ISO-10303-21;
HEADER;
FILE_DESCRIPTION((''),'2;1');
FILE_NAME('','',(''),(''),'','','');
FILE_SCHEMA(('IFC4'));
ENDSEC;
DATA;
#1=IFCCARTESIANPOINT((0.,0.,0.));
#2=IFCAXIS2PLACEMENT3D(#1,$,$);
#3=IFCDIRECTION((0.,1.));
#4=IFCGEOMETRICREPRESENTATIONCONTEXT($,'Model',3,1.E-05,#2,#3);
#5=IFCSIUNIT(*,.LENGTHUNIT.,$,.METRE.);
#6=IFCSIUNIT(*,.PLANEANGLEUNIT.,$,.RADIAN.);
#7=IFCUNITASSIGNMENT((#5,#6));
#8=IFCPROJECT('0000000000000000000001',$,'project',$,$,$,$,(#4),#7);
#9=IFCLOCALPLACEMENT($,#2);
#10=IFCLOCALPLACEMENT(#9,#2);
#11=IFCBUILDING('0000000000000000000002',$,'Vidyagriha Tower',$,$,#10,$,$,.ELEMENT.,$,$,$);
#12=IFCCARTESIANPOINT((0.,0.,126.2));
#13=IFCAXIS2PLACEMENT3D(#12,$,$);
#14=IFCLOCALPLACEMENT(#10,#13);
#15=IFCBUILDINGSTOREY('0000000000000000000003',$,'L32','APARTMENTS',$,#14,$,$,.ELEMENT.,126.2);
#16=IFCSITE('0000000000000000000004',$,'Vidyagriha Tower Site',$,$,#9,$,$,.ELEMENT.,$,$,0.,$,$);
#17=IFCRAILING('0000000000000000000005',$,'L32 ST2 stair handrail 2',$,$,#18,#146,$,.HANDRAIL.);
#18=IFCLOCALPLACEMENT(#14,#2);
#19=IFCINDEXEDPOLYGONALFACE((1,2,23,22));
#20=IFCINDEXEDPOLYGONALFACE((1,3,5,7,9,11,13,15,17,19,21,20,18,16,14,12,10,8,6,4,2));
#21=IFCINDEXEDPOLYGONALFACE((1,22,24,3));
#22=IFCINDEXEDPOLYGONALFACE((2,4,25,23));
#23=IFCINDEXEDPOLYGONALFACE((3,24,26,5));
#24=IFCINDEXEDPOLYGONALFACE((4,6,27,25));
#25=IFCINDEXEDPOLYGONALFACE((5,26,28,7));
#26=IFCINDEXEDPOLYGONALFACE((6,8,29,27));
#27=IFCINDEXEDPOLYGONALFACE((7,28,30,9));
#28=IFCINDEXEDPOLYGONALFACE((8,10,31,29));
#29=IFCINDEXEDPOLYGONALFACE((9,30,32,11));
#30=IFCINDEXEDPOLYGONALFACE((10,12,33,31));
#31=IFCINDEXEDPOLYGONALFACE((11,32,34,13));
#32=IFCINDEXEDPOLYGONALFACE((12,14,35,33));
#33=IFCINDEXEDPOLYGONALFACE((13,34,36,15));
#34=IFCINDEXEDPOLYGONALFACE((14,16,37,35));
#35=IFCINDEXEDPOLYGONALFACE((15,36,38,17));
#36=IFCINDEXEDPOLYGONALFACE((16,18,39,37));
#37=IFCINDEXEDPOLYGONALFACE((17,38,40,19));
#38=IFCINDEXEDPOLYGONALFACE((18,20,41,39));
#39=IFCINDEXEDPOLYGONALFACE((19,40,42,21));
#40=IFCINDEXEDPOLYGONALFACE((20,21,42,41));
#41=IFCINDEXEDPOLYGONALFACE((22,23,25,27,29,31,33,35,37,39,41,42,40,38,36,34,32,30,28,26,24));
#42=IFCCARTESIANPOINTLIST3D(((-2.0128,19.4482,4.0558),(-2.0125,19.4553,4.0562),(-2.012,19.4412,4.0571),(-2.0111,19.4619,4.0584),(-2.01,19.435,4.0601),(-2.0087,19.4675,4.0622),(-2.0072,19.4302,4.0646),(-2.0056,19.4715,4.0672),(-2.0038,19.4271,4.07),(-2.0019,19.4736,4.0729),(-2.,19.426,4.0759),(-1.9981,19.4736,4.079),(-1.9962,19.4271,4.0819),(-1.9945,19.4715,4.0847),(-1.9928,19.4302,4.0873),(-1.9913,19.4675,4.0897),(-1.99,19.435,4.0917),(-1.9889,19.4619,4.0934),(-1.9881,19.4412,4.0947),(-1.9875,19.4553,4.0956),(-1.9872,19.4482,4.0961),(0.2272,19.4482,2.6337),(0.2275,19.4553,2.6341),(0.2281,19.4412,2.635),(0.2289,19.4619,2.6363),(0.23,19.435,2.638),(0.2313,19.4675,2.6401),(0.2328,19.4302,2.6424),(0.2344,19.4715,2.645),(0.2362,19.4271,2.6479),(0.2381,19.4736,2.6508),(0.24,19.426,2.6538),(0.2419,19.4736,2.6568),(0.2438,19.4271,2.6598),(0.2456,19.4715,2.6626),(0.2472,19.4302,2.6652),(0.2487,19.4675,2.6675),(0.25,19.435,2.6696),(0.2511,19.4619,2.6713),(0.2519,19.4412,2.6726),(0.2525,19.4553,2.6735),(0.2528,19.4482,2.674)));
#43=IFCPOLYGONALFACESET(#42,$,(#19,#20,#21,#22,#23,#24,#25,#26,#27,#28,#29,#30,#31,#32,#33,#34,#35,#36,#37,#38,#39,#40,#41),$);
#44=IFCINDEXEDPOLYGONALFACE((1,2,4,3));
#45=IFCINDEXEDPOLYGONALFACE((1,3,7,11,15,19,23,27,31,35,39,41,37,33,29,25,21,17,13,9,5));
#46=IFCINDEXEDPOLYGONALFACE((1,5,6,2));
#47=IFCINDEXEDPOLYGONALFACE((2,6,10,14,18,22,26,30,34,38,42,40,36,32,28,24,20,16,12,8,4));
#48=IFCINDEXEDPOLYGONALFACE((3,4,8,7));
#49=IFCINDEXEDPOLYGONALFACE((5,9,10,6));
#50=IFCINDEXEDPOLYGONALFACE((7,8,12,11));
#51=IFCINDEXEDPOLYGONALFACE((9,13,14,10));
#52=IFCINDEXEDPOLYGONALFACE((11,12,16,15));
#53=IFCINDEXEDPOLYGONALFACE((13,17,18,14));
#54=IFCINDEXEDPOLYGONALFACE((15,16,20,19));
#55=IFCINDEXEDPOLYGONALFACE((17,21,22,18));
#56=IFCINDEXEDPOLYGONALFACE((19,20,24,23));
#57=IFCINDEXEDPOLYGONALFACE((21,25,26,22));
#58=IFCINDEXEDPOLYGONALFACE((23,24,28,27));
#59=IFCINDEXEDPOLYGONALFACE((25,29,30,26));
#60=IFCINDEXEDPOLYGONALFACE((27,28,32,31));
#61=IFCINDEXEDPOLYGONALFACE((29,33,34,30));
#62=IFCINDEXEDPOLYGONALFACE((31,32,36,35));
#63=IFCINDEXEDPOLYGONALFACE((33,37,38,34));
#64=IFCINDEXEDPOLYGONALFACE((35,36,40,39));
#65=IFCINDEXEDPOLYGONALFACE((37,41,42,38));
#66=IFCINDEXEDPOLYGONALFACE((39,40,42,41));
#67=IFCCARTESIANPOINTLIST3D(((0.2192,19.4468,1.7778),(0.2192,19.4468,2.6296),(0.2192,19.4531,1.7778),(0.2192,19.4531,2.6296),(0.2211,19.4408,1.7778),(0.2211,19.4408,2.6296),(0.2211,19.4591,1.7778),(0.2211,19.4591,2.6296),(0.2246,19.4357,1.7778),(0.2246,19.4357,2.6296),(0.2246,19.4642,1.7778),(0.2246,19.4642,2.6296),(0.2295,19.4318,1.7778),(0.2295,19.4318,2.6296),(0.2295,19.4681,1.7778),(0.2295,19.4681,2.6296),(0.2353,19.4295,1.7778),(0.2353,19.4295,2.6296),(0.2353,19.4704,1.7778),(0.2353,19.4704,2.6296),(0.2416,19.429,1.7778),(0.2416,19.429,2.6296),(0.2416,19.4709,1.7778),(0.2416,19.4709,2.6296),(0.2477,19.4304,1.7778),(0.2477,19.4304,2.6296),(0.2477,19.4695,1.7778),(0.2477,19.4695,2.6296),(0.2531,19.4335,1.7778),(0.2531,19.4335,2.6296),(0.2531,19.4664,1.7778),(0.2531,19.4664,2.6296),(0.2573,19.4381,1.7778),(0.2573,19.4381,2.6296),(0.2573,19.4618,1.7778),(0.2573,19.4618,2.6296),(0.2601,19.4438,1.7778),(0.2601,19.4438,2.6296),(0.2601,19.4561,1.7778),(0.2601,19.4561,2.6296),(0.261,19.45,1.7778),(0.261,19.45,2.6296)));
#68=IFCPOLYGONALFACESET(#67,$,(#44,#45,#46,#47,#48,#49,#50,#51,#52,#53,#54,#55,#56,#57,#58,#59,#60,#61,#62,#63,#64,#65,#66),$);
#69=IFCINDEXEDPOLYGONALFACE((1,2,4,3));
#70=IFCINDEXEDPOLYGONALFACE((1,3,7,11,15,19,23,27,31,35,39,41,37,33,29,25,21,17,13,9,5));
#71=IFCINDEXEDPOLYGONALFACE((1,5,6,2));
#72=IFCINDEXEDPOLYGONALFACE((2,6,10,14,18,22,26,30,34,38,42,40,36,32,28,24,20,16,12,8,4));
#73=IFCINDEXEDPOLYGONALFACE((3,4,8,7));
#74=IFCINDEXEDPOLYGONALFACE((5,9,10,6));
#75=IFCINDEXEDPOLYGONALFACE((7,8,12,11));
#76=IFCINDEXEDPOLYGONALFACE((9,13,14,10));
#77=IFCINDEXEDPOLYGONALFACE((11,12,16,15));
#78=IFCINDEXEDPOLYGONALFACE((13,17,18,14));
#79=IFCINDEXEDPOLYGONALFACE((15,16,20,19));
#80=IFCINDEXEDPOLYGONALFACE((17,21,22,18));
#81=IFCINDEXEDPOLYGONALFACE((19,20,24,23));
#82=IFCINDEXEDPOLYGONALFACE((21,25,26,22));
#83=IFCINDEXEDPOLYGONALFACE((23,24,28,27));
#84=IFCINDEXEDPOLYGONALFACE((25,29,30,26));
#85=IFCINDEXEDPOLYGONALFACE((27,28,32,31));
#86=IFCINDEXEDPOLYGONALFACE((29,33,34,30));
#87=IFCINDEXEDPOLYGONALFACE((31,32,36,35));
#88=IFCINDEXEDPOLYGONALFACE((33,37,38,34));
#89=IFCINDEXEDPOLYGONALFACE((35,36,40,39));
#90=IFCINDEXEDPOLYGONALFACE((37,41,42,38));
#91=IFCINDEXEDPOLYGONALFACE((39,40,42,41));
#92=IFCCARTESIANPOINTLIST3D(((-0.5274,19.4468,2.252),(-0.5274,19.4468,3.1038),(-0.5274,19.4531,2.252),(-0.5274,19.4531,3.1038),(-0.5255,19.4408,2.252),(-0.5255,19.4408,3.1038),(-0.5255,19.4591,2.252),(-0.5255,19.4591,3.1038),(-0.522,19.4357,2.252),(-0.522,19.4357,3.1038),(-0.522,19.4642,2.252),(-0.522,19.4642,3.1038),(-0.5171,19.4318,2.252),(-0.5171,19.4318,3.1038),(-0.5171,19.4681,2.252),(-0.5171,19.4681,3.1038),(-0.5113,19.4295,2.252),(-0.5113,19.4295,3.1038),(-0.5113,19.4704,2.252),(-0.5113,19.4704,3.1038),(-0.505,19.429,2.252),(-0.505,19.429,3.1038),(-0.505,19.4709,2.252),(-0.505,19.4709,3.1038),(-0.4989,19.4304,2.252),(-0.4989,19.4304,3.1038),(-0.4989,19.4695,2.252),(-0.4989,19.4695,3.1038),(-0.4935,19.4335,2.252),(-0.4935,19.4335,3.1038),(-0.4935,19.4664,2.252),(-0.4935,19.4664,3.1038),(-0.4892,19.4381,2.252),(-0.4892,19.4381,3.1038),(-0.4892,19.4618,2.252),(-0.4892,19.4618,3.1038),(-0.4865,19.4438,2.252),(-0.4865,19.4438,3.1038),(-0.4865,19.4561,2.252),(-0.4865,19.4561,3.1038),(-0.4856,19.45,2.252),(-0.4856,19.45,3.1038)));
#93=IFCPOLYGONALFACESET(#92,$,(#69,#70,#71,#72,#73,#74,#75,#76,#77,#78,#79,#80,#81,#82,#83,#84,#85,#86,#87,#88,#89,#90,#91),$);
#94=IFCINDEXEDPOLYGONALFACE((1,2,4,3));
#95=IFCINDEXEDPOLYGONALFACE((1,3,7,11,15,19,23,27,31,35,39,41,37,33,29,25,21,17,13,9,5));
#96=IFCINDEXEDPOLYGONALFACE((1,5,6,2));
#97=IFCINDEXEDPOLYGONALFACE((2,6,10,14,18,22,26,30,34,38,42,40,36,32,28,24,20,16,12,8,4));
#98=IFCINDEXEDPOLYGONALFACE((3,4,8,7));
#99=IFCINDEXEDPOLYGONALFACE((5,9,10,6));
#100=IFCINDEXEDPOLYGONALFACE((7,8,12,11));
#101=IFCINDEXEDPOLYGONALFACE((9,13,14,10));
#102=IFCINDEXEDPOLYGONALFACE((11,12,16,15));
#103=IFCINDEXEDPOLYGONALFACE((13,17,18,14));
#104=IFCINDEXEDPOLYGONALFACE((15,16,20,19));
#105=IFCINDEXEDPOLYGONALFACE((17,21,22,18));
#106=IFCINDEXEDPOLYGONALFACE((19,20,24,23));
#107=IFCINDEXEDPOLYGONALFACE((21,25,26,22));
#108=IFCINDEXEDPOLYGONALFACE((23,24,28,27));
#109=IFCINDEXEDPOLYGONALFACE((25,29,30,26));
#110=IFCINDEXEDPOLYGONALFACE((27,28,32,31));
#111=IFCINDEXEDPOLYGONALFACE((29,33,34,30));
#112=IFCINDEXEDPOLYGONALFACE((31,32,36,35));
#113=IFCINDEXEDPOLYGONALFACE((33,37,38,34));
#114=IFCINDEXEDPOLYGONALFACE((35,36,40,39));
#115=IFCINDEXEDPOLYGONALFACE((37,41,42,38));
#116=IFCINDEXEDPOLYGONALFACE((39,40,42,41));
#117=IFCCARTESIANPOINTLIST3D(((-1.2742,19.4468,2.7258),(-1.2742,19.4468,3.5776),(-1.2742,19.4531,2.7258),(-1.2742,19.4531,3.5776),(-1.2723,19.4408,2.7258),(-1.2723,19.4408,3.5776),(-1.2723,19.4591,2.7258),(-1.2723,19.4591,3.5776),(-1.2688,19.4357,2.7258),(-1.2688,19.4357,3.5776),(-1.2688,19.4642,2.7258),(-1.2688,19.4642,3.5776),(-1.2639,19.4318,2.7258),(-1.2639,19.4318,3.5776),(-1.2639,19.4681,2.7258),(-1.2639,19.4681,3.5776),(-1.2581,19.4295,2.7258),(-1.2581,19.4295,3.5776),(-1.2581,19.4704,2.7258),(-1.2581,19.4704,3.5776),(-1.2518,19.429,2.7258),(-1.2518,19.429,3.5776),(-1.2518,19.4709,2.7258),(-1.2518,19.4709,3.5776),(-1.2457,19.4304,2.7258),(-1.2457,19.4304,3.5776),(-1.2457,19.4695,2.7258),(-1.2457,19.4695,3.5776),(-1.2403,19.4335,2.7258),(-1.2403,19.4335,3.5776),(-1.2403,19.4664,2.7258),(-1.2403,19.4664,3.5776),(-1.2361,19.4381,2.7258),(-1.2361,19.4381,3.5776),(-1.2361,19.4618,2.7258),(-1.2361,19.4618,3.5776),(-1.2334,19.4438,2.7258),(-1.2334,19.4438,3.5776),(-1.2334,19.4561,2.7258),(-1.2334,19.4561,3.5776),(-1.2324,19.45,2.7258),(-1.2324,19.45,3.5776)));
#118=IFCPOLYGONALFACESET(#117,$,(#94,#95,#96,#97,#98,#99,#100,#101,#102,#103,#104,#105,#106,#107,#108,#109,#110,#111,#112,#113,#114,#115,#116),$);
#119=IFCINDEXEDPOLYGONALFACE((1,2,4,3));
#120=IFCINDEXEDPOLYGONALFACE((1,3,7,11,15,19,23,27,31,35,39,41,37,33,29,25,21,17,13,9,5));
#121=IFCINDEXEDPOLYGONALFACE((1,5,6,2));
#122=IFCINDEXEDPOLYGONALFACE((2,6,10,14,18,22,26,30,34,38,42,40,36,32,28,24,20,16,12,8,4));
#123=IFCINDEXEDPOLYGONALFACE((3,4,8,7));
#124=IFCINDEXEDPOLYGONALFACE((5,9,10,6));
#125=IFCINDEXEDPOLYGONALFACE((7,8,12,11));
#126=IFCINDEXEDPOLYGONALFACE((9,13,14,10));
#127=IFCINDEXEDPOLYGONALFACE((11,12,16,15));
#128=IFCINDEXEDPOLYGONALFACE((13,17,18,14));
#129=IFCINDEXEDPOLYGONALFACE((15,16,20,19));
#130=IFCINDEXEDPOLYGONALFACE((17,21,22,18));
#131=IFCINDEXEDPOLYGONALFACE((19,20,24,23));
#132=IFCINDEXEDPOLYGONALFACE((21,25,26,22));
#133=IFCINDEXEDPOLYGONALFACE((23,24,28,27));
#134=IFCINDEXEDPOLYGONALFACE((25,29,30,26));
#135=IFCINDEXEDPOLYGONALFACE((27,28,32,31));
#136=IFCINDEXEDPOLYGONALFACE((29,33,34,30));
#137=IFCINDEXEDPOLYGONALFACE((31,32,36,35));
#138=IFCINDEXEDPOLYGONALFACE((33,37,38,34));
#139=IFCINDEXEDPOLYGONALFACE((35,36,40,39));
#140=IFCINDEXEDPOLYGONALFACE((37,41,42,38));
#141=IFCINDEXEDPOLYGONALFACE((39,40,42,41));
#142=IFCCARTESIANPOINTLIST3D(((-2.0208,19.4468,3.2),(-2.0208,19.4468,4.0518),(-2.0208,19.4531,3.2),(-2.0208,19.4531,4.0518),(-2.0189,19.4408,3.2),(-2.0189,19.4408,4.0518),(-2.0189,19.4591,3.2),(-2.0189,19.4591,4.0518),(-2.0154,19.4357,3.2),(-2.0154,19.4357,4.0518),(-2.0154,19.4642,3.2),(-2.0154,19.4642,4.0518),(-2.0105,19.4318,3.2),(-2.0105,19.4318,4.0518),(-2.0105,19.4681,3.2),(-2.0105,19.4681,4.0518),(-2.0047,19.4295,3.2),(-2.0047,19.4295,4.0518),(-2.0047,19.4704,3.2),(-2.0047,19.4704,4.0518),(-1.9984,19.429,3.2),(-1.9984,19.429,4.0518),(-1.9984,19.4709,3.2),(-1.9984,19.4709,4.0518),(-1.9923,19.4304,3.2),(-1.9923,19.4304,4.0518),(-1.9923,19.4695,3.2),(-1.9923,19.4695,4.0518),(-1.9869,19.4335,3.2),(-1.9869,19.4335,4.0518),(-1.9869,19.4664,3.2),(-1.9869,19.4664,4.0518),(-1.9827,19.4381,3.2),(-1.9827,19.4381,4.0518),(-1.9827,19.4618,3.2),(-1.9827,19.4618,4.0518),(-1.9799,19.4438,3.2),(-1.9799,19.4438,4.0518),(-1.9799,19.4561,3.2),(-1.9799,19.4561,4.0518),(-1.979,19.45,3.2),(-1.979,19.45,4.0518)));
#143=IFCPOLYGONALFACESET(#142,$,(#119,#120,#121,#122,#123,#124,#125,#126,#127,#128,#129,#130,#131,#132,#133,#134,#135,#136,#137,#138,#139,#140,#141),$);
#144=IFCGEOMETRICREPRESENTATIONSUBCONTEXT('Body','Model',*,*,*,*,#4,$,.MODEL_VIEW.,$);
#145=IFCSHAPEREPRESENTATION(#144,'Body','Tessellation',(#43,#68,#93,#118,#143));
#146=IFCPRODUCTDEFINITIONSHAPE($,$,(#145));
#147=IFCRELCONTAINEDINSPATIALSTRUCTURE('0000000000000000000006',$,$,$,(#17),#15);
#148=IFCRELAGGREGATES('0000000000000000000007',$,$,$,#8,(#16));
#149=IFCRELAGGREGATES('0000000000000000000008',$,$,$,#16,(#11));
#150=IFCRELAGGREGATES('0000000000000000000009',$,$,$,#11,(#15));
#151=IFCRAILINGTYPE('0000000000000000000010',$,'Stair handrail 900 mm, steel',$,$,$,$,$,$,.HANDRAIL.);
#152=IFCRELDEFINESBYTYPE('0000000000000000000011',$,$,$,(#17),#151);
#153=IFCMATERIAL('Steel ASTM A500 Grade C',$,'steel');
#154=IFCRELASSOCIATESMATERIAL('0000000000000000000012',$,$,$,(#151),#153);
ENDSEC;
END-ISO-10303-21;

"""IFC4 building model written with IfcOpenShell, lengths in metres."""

from ifc_helpers import new_model, si_unit, direction, frame, origin, origin_2d, place, context, subcontext, project, spatial, circle, extrude, material, type_object, element, save


model = new_model("IFC4")

# Units and contexts
model_context = context("Model", 3, precision=1e-05, world=origin(), true_north=direction((0.0, 1.0)))
body_context = subcontext(model_context, "Body", "Model", "MODEL_VIEW")
ifc_project = project(units=[si_unit("LENGTHUNIT", "METRE"), si_unit("PLANEANGLEUNIT", "RADIAN")], contexts=[model_context])

# Site, building, storey
site_placement = place(None, origin())
site = spatial("IfcSite", under=ifc_project, at=site_placement, Name="Vidyagriha Tower Site", CompositionType="ELEMENT", RefElevation=0.0)
building_placement = place(site_placement, origin())
building = spatial("IfcBuilding", under=site, at=building_placement, Name="Vidyagriha Tower", CompositionType="ELEMENT")
storey_placement = place(building_placement, frame((0.0, 0.0, 126.2)))
storey = spatial("IfcBuildingStorey", under=building, at=storey_placement, Name="L32", Description="APARTMENTS", CompositionType="ELEMENT", Elevation=126.2)

# Railing
ifc_material_1 = material(Name="Steel ASTM A500 Grade C", Category="steel")
railing_type_1 = type_object("IfcRailingType", Name="Stair handrail 900 mm, steel", PredefinedType="HANDRAIL", material=ifc_material_1)
railing_1_placement = place(storey_placement, frame((0.24, 19.45, 1.7778)))
element("IfcRailing", 1, at=railing_1_placement, inside=storey, type_object=railing_type_1, Name="L32 ST2 stair handrail 2", PredefinedType="HANDRAIL", context=body_context, shape_type="SweptSolid", body=[
    extrude(circle(Radius=0.0239, at=origin_2d()), frame((0.0, 0.0, 0.876), z_axis=(-0.844229, 0.0, 0.535982), x_axis=(0.0, -1.0, 0.0)), (0.0, 0.0, 1.0), 2.6533),
    extrude(circle(Radius=0.021, at=origin_2d()), origin(), (0.0, 0.0, 1.0), 0.8518),
    extrude(circle(Radius=0.021, at=origin_2d()), frame((-0.7466, 0.0, 0.4741)), (0.0, 0.0, 1.0), 0.8518),
    extrude(circle(Radius=0.021, at=origin_2d()), frame((-1.4934, 0.0, 0.948)), (0.0, 0.0, 1.0), 0.8518),
    extrude(circle(Radius=0.021, at=origin_2d()), frame((-2.24, 0.0, 1.4221)), (0.0, 0.0, 1.0), 0.8518),
])

save(model, "model.ifc")
